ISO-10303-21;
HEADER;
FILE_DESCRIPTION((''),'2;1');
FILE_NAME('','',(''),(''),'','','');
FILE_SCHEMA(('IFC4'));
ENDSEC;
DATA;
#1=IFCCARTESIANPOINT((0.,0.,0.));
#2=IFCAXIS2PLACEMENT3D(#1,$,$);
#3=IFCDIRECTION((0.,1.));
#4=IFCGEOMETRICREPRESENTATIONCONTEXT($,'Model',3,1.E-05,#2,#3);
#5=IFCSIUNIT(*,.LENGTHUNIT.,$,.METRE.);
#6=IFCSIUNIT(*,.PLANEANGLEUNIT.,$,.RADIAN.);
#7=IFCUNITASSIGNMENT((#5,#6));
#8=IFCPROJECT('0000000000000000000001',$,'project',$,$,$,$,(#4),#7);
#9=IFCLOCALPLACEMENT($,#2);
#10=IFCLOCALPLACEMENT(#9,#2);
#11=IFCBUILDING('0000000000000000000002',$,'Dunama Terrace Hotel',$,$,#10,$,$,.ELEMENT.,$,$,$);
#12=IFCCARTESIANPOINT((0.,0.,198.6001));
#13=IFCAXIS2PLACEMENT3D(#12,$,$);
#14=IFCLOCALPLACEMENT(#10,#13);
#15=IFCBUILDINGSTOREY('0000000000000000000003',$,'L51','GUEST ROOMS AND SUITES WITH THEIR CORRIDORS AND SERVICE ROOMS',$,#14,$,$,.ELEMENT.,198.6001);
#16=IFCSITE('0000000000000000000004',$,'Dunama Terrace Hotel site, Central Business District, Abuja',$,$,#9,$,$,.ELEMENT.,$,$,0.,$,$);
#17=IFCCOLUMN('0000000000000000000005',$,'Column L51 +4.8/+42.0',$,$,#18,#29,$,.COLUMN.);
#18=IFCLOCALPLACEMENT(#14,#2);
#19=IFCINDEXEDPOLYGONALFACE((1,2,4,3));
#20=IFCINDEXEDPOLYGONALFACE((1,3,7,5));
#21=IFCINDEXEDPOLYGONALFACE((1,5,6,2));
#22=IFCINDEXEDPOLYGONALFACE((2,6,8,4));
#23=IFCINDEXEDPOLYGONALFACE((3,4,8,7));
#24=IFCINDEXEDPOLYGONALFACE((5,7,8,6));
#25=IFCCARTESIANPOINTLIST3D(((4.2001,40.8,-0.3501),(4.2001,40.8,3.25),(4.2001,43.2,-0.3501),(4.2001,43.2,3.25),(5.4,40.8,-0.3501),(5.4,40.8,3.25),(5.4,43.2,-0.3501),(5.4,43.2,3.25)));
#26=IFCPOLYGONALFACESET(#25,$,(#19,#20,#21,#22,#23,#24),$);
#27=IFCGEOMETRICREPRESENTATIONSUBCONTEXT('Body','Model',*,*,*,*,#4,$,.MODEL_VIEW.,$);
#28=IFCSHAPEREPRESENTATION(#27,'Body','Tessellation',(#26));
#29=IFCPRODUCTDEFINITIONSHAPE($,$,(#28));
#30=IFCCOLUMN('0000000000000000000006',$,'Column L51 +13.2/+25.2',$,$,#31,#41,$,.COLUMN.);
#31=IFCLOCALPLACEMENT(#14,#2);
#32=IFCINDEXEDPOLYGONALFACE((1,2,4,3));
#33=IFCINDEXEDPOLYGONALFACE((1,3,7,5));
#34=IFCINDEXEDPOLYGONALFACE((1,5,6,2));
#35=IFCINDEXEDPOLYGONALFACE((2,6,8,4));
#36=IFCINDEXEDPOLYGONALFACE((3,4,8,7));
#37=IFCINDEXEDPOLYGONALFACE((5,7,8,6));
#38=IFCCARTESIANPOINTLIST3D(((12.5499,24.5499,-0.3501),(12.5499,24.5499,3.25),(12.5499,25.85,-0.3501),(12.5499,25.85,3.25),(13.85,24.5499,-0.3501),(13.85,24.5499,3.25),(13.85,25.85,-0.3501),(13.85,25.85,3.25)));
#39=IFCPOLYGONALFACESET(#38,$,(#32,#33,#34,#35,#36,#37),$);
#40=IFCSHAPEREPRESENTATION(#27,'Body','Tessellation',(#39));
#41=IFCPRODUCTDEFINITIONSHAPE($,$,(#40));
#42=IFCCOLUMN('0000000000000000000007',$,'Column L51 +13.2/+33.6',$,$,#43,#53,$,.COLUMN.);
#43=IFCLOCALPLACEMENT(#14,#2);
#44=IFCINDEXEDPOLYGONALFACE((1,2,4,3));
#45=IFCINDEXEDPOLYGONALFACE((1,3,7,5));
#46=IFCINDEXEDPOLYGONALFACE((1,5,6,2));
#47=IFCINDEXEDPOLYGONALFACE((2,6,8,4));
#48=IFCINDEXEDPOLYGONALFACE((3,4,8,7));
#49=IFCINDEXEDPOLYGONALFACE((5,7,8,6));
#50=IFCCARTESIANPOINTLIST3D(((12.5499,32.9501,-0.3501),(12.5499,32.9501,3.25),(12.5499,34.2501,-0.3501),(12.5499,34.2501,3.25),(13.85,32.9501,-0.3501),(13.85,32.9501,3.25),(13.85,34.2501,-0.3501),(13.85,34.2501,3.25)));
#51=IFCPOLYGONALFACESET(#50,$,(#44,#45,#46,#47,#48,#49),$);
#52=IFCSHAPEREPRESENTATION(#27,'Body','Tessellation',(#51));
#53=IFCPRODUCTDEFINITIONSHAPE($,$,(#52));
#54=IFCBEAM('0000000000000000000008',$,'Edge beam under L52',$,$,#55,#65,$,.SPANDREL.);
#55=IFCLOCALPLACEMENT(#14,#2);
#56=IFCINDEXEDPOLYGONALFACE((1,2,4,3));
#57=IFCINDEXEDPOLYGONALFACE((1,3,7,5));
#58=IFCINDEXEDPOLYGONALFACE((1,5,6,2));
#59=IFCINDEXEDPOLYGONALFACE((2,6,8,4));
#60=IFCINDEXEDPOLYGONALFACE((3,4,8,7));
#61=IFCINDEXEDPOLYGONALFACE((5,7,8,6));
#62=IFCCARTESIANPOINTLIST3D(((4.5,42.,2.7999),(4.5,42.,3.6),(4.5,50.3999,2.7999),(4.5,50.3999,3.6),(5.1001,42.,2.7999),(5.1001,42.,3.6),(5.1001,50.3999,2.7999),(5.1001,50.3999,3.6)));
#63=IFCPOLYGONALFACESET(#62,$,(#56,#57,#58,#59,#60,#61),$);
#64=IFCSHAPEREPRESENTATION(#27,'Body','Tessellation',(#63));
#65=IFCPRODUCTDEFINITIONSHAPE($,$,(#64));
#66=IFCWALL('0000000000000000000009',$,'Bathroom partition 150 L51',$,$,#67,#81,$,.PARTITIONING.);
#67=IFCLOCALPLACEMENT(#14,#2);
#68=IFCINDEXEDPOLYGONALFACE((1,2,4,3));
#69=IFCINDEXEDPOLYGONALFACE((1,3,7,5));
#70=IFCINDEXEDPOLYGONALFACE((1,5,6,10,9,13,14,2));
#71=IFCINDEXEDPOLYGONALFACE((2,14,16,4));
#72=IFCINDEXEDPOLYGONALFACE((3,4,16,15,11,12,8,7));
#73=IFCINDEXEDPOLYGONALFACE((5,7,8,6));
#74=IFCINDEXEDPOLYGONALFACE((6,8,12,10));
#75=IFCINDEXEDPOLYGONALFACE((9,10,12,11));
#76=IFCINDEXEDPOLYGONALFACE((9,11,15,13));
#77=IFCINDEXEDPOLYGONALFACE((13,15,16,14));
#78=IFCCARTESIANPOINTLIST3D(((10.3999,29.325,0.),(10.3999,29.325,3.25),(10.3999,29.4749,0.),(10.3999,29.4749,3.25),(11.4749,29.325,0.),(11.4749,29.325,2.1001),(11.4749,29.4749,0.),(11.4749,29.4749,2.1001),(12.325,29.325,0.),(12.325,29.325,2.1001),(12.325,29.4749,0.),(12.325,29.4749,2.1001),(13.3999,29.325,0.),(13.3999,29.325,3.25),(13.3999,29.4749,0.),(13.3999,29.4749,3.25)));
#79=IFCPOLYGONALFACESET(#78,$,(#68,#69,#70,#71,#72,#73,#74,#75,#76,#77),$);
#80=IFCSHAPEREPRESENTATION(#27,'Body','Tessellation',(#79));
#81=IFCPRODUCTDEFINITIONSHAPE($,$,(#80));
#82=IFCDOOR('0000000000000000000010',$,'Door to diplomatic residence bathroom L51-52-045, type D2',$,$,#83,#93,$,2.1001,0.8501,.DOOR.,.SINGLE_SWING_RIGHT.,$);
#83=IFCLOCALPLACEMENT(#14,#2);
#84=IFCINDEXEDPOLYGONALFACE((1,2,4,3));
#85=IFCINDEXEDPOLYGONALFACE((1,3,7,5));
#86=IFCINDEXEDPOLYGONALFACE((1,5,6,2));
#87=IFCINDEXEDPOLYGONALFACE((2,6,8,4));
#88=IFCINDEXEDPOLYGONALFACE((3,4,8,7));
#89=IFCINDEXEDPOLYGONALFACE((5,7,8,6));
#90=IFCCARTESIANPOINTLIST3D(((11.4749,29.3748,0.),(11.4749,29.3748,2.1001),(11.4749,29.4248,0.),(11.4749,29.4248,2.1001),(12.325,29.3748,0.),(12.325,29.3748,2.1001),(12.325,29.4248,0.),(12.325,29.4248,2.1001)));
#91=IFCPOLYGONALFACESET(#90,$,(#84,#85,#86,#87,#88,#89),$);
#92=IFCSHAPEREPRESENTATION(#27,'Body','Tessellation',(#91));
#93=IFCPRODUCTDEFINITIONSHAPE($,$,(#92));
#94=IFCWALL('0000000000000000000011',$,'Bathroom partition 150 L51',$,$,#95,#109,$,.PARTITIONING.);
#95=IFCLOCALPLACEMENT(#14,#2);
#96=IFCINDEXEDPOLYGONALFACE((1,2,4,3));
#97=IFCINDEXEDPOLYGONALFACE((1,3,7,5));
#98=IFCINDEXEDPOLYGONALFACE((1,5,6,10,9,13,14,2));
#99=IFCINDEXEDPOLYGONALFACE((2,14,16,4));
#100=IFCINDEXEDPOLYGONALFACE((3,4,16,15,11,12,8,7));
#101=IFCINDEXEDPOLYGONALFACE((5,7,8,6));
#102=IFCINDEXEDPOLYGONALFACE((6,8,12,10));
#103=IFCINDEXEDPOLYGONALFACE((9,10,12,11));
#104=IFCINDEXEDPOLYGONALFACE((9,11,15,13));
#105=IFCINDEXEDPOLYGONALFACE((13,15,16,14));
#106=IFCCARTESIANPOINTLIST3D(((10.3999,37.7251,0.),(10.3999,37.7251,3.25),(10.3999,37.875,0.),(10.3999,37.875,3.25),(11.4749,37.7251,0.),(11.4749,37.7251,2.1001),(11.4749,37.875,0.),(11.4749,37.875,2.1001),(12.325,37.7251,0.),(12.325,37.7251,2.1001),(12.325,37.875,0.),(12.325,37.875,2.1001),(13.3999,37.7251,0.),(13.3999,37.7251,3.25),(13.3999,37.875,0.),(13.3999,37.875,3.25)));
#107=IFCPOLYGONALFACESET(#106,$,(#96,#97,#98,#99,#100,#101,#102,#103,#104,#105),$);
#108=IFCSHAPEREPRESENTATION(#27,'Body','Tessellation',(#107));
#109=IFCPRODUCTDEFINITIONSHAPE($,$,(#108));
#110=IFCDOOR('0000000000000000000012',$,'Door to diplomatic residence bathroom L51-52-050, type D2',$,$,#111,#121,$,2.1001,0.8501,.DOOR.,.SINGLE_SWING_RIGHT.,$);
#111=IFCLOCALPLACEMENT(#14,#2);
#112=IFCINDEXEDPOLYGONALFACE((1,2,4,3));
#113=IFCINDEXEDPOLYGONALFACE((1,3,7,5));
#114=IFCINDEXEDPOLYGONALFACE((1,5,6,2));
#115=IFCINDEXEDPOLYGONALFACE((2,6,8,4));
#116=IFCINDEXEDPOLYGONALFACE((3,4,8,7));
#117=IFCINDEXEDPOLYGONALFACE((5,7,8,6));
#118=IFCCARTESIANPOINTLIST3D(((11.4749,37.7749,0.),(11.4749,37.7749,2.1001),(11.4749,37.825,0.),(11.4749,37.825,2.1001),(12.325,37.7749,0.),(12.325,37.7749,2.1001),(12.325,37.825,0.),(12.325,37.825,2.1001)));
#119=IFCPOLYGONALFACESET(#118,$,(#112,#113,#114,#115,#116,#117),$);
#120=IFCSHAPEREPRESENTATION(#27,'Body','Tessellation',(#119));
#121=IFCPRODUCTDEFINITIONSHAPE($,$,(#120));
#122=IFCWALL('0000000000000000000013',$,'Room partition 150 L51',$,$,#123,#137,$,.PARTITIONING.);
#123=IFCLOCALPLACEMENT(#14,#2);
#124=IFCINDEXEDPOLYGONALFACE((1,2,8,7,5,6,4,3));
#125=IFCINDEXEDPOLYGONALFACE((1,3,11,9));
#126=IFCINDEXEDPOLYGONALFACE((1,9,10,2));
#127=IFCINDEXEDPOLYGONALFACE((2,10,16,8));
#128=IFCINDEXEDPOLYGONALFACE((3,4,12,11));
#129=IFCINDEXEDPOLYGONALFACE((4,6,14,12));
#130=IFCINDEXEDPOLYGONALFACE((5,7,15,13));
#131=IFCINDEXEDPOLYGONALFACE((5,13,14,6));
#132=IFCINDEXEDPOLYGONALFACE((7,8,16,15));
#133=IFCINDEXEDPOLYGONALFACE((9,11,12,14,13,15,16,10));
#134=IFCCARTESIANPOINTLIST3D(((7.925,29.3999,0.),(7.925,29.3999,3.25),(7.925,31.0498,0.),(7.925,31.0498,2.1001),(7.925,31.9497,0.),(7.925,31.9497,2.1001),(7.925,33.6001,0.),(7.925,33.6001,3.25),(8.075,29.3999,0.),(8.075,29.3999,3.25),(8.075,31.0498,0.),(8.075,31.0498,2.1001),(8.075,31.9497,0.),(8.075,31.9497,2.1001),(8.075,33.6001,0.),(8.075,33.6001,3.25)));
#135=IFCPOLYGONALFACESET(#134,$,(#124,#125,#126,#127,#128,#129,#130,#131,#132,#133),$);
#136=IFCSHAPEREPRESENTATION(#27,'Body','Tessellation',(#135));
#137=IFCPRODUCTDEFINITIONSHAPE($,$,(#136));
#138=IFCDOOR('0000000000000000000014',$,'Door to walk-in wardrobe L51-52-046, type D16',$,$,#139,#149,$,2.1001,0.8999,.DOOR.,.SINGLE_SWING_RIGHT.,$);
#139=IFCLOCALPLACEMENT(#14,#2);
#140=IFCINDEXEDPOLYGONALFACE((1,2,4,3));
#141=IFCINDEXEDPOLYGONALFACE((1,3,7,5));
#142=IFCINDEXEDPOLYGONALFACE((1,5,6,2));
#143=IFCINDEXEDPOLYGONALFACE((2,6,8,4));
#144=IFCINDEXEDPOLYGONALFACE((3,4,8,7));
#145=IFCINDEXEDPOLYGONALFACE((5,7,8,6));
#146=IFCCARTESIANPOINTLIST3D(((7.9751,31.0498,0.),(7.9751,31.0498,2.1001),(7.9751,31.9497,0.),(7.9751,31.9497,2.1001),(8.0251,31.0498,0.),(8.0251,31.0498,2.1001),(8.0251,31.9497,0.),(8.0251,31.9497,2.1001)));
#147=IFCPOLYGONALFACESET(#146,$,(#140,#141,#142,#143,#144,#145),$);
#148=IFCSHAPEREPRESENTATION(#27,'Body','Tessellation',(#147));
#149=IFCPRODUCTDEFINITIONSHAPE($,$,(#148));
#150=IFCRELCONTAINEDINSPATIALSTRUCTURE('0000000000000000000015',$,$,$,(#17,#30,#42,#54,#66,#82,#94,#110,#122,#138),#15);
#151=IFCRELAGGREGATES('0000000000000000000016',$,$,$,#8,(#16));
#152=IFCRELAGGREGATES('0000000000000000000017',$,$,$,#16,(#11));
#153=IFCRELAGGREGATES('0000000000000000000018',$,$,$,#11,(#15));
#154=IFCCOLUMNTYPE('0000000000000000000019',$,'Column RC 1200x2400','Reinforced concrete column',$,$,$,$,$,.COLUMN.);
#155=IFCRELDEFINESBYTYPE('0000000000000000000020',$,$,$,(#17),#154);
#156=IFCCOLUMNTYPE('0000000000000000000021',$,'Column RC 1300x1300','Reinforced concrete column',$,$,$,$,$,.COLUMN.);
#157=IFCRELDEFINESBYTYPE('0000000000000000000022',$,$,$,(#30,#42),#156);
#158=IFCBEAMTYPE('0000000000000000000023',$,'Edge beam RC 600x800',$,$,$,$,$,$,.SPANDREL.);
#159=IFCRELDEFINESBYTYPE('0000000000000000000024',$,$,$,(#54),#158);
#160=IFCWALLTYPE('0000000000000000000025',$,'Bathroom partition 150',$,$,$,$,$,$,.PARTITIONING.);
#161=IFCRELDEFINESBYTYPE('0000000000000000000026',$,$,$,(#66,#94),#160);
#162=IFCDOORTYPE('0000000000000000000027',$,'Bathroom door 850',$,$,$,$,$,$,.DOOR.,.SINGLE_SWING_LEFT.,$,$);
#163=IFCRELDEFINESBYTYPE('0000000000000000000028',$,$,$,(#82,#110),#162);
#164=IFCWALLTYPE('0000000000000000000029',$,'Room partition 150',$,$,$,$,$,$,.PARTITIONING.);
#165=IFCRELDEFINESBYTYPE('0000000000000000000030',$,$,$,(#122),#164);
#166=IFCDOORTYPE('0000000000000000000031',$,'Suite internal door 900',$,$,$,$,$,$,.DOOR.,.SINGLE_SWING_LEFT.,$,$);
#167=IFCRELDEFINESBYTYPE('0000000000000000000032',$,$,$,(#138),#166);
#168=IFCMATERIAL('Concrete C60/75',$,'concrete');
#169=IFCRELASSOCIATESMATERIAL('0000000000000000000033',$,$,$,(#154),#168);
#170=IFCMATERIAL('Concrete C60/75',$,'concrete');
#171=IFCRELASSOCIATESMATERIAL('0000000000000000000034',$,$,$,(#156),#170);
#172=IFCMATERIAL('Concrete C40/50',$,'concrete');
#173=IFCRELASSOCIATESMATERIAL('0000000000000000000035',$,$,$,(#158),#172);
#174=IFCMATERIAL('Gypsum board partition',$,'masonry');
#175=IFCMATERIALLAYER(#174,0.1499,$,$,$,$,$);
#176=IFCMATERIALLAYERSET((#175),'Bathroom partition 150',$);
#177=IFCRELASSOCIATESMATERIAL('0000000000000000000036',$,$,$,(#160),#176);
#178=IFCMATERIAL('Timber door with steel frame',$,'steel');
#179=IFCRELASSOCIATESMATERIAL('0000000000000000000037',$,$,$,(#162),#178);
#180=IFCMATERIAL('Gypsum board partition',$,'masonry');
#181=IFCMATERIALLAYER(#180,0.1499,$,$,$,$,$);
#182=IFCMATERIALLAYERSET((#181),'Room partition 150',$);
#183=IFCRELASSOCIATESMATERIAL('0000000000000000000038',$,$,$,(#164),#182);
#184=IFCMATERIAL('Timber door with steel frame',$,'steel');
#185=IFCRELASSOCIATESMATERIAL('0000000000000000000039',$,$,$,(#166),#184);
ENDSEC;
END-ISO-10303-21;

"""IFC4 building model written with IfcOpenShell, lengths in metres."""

from ifc_helpers import new_model, si_unit, direction, frame, frame_2d, origin, origin_2d, place, context, subcontext, project, spatial, rectangle, extrude, material, layer, layer_set, material_profile, profile_set, type_object, element, fill, save


model = new_model("IFC4")

# Units and contexts
model_context = context("Model", 3, precision=1e-05, world=origin(), true_north=direction((0.0, 1.0)))
body_context = subcontext(model_context, "Body", "Model", "MODEL_VIEW")
ifc_project = project(units=[si_unit("LENGTHUNIT", "METRE"), si_unit("PLANEANGLEUNIT", "RADIAN")], contexts=[model_context])

# Site, building, storey
site_placement = place(None, origin())
site = spatial("IfcSite", under=ifc_project, at=site_placement, Name="Dunama Terrace Hotel site, Central Business District, Abuja", CompositionType="ELEMENT", RefElevation=0.0)
building_placement = place(site_placement, origin())
building = spatial("IfcBuilding", under=site, at=building_placement, Name="Dunama Terrace Hotel", CompositionType="ELEMENT")
storey_placement = place(building_placement, frame((0.0, 0.0, 198.6001)))
storey = spatial("IfcBuildingStorey", under=building, at=storey_placement, Name="L51", Description="GUEST ROOMS AND SUITES WITH THEIR CORRIDORS AND SERVICE ROOMS", CompositionType="ELEMENT", Elevation=198.6001)

# Columns
ifc_material_1 = material(Name="Concrete C60/75", Category="concrete")
ifc_material_profile_1 = material_profile(ifc_material_1, rectangle(XDim=1.2, YDim=2.3999, at=origin_2d()), Name="RC 1200x2400")
ifc_profile_set_1 = profile_set([ifc_material_profile_1], Name="Concrete C60/75")
column_type_1 = type_object("IfcColumnType", Name="Column RC 1200x2400", Description="Reinforced concrete column", PredefinedType="COLUMN", material=ifc_profile_set_1)
column_placement = place(storey_placement, frame((4.8, 42.0, -0.3501), z_axis=(0.0, 0.0, 1.0), x_axis=(1.0, 0.0, 0.0)))
element("IfcColumn", 1, at=column_placement, inside=storey, type_object=column_type_1, Name="Column L51 +4.8/+42.0", PredefinedType="COLUMN", context=body_context, shape_type="SweptSolid", body=[
    extrude(rectangle(XDim=1.2, YDim=2.3999, at=origin_2d()), origin(), (0.0, 0.0, 1.0), 3.6001),
])
ifc_material_2 = material(Name="Concrete C60/75", Category="concrete")
ifc_material_profile_2 = material_profile(ifc_material_2, rectangle(XDim=1.3, YDim=1.3, at=origin_2d()), Name="RC 1300x1300")
ifc_profile_set_2 = profile_set([ifc_material_profile_2], Name="Concrete C60/75")
column_type_2 = type_object("IfcColumnType", Name="Column RC 1300x1300", Description="Reinforced concrete column", PredefinedType="COLUMN", material=ifc_profile_set_2)
for number, where, z_axis, x_axis, name in (
    (2, (13.2, 25.2, -0.3501), (0.0, 0.0, 1.0), (1.0, 0.0, 0.0), "Column L51 +13.2/+25.2"),
    (3, (13.2, 33.6001, -0.3501), (0.0, 0.0, 1.0), (1.0, 0.0, 0.0), "Column L51 +13.2/+33.6"),
):
    element("IfcColumn", number, at=place(storey_placement, frame(where, z_axis=z_axis, x_axis=x_axis)), inside=storey, type_object=column_type_2, Name=name, PredefinedType="COLUMN", context=body_context, shape_type="SweptSolid", body=[
        extrude(rectangle(XDim=1.3, YDim=1.3, at=origin_2d()), origin(), (0.0, 0.0, 1.0), 3.6001),
    ])

# Beam
ifc_material_3 = material(Name="Concrete C40/50", Category="concrete")
ifc_material_profile_3 = material_profile(ifc_material_3, rectangle(XDim=0.6001, YDim=0.8, at=origin_2d()), Name="RC 600x800")
ifc_profile_set_3 = profile_set([ifc_material_profile_3], Name="Concrete C40/50")
beam_type = type_object("IfcBeamType", Name="Edge beam RC 600x800", PredefinedType="SPANDREL", material=ifc_profile_set_3)
beam_placement = place(storey_placement, frame((4.8, 42.0, 3.2), z_axis=(0.0, 1.0, 0.0), x_axis=(-1.0, 0.0, 0.0)))
element("IfcBeam", 4, at=beam_placement, inside=storey, type_object=beam_type, Name="Edge beam under L52", PredefinedType="SPANDREL", context=body_context, shape_type="SweptSolid", body=[
    extrude(rectangle(XDim=0.6001, YDim=0.8, at=origin_2d()), origin(), (0.0, 0.0, 1.0), 8.3999),
])

# Walls, openings, doors
ifc_material_4 = material(Name="Gypsum board partition", Category="masonry")
ifc_layer_1 = layer(ifc_material_4, 0.1499)
ifc_layer_set_1 = layer_set([ifc_layer_1], Name="Bathroom partition 150")
wall_type_1 = type_object("IfcWallType", Name="Bathroom partition 150", PredefinedType="PARTITIONING", material=ifc_layer_set_1)
wall_1_placement = place(storey_placement, frame((10.3999, 29.3999, 0.0), z_axis=(0.0, 0.0, 1.0), x_axis=(1.0, 0.0, 0.0)))
wall_1 = element("IfcWall", 5, at=wall_1_placement, inside=storey, type_object=wall_type_1, Name="Bathroom partition 150 L51", PredefinedType="PARTITIONING", context=body_context, shape_type="SweptSolid", body=[
    extrude(rectangle(XDim=3.0, YDim=0.1499, at=frame_2d((1.5, 0.0))), origin(), (0.0, 0.0, 1.0), 3.25),
])
opening_1_placement = place(wall_1_placement, frame((1.075, 0.0, 0.0)))
opening_1 = element("IfcOpeningElement", 6, at=opening_1_placement, cuts=wall_1, PredefinedType="OPENING", context=body_context, shape_type="SweptSolid", body=[
    extrude(rectangle(XDim=0.8501, YDim=2.1001, at=frame_2d((0.425, 1.05))), frame((0.0, 0.085, 0.0), z_axis=(0.0, -1.0, 0.0), x_axis=(1.0, 0.0, 0.0)), (0.0, 0.0, 1.0), 0.1699),
])
ifc_material_5 = material(Name="Timber door with steel frame", Category="steel")
door_type_1 = type_object("IfcDoorType", Name="Bathroom door 850", OperationType="SINGLE_SWING_LEFT", PredefinedType="DOOR", material=ifc_material_5)
door_1_placement = place(opening_1_placement, origin())
door_1 = element("IfcDoor", 7, at=door_1_placement, inside=storey, type_object=door_type_1, Name="Door to diplomatic residence bathroom L51-52-045, type D2", OperationType="SINGLE_SWING_RIGHT", OverallHeight=2.1001, OverallWidth=0.8501, PredefinedType="DOOR", context=body_context, shape_type="SweptSolid", body=[
    extrude(rectangle(XDim=0.8501, YDim=2.1001, at=frame_2d((0.425, 1.05))), frame((0.0, 0.0249, 0.0), z_axis=(0.0, -1.0, 0.0), x_axis=(1.0, 0.0, 0.0)), (0.0, 0.0, 1.0), 0.05),
])
fill(opening_1, door_1)
wall_2_placement = place(storey_placement, frame((10.3999, 37.8, 0.0), z_axis=(0.0, 0.0, 1.0), x_axis=(1.0, 0.0, 0.0)))
wall_2 = element("IfcWall", 8, at=wall_2_placement, inside=storey, type_object=wall_type_1, Name="Bathroom partition 150 L51", PredefinedType="PARTITIONING", context=body_context, shape_type="SweptSolid", body=[
    extrude(rectangle(XDim=3.0, YDim=0.1499, at=frame_2d((1.5, 0.0))), origin(), (0.0, 0.0, 1.0), 3.25),
])
opening_2_placement = place(wall_2_placement, frame((1.075, 0.0, 0.0)))
opening_2 = element("IfcOpeningElement", 9, at=opening_2_placement, cuts=wall_2, PredefinedType="OPENING", context=body_context, shape_type="SweptSolid", body=[
    extrude(rectangle(XDim=0.8501, YDim=2.1001, at=frame_2d((0.425, 1.05))), frame((0.0, 0.085, 0.0), z_axis=(0.0, -1.0, 0.0), x_axis=(1.0, 0.0, 0.0)), (0.0, 0.0, 1.0), 0.1699),
])
door_2_placement = place(opening_2_placement, origin())
door_2 = element("IfcDoor", 10, at=door_2_placement, inside=storey, type_object=door_type_1, Name="Door to diplomatic residence bathroom L51-52-050, type D2", OperationType="SINGLE_SWING_RIGHT", OverallHeight=2.1001, OverallWidth=0.8501, PredefinedType="DOOR", context=body_context, shape_type="SweptSolid", body=[
    extrude(rectangle(XDim=0.8501, YDim=2.1001, at=frame_2d((0.425, 1.05))), frame((0.0, 0.0249, 0.0), z_axis=(0.0, -1.0, 0.0), x_axis=(1.0, 0.0, 0.0)), (0.0, 0.0, 1.0), 0.05),
])
fill(opening_2, door_2)
ifc_material_6 = material(Name="Gypsum board partition", Category="masonry")
ifc_layer_2 = layer(ifc_material_6, 0.1499)
ifc_layer_set_2 = layer_set([ifc_layer_2], Name="Room partition 150")
wall_type_2 = type_object("IfcWallType", Name="Room partition 150", PredefinedType="PARTITIONING", material=ifc_layer_set_2)
wall_3_placement = place(storey_placement, frame((8.0, 29.3999, 0.0), z_axis=(0.0, 0.0, 1.0), x_axis=(0.0, 1.0, 0.0)))
wall_3 = element("IfcWall", 11, at=wall_3_placement, inside=storey, type_object=wall_type_2, Name="Room partition 150 L51", PredefinedType="PARTITIONING", context=body_context, shape_type="SweptSolid", body=[
    extrude(rectangle(XDim=4.2002, YDim=0.1499, at=frame_2d((2.1001, 0.0))), origin(), (0.0, 0.0, 1.0), 3.25),
])
opening_3_placement = place(wall_3_placement, frame((1.6499, 0.0, 0.0)))
opening_3 = element("IfcOpeningElement", 12, at=opening_3_placement, cuts=wall_3, PredefinedType="OPENING", context=body_context, shape_type="SweptSolid", body=[
    extrude(rectangle(XDim=0.8999, YDim=2.1001, at=frame_2d((0.45, 1.05))), frame((0.0, 0.085, 0.0), z_axis=(0.0, -1.0, 0.0), x_axis=(1.0, 0.0, 0.0)), (0.0, 0.0, 1.0), 0.1699),
])
ifc_material_7 = material(Name="Timber door with steel frame", Category="steel")
door_type_2 = type_object("IfcDoorType", Name="Suite internal door 900", OperationType="SINGLE_SWING_LEFT", PredefinedType="DOOR", material=ifc_material_7)
door_3_placement = place(opening_3_placement, frame((0.8999, 0.0, 0.0), z_axis=(0.0, 0.0, 1.0), x_axis=(-1.0, 0.0, 0.0)))
door_3 = element("IfcDoor", 13, at=door_3_placement, inside=storey, type_object=door_type_2, Name="Door to walk-in wardrobe L51-52-046, type D16", OperationType="SINGLE_SWING_RIGHT", OverallHeight=2.1001, OverallWidth=0.8999, PredefinedType="DOOR", context=body_context, shape_type="SweptSolid", body=[
    extrude(rectangle(XDim=0.8999, YDim=2.1001, at=frame_2d((0.45, 1.05))), frame((0.0, 0.0251, 0.0), z_axis=(0.0, -1.0, 0.0), x_axis=(1.0, 0.0, 0.0)), (0.0, 0.0, 1.0), 0.05),
])
fill(opening_3, door_3)

save(model, "model.ifc")
